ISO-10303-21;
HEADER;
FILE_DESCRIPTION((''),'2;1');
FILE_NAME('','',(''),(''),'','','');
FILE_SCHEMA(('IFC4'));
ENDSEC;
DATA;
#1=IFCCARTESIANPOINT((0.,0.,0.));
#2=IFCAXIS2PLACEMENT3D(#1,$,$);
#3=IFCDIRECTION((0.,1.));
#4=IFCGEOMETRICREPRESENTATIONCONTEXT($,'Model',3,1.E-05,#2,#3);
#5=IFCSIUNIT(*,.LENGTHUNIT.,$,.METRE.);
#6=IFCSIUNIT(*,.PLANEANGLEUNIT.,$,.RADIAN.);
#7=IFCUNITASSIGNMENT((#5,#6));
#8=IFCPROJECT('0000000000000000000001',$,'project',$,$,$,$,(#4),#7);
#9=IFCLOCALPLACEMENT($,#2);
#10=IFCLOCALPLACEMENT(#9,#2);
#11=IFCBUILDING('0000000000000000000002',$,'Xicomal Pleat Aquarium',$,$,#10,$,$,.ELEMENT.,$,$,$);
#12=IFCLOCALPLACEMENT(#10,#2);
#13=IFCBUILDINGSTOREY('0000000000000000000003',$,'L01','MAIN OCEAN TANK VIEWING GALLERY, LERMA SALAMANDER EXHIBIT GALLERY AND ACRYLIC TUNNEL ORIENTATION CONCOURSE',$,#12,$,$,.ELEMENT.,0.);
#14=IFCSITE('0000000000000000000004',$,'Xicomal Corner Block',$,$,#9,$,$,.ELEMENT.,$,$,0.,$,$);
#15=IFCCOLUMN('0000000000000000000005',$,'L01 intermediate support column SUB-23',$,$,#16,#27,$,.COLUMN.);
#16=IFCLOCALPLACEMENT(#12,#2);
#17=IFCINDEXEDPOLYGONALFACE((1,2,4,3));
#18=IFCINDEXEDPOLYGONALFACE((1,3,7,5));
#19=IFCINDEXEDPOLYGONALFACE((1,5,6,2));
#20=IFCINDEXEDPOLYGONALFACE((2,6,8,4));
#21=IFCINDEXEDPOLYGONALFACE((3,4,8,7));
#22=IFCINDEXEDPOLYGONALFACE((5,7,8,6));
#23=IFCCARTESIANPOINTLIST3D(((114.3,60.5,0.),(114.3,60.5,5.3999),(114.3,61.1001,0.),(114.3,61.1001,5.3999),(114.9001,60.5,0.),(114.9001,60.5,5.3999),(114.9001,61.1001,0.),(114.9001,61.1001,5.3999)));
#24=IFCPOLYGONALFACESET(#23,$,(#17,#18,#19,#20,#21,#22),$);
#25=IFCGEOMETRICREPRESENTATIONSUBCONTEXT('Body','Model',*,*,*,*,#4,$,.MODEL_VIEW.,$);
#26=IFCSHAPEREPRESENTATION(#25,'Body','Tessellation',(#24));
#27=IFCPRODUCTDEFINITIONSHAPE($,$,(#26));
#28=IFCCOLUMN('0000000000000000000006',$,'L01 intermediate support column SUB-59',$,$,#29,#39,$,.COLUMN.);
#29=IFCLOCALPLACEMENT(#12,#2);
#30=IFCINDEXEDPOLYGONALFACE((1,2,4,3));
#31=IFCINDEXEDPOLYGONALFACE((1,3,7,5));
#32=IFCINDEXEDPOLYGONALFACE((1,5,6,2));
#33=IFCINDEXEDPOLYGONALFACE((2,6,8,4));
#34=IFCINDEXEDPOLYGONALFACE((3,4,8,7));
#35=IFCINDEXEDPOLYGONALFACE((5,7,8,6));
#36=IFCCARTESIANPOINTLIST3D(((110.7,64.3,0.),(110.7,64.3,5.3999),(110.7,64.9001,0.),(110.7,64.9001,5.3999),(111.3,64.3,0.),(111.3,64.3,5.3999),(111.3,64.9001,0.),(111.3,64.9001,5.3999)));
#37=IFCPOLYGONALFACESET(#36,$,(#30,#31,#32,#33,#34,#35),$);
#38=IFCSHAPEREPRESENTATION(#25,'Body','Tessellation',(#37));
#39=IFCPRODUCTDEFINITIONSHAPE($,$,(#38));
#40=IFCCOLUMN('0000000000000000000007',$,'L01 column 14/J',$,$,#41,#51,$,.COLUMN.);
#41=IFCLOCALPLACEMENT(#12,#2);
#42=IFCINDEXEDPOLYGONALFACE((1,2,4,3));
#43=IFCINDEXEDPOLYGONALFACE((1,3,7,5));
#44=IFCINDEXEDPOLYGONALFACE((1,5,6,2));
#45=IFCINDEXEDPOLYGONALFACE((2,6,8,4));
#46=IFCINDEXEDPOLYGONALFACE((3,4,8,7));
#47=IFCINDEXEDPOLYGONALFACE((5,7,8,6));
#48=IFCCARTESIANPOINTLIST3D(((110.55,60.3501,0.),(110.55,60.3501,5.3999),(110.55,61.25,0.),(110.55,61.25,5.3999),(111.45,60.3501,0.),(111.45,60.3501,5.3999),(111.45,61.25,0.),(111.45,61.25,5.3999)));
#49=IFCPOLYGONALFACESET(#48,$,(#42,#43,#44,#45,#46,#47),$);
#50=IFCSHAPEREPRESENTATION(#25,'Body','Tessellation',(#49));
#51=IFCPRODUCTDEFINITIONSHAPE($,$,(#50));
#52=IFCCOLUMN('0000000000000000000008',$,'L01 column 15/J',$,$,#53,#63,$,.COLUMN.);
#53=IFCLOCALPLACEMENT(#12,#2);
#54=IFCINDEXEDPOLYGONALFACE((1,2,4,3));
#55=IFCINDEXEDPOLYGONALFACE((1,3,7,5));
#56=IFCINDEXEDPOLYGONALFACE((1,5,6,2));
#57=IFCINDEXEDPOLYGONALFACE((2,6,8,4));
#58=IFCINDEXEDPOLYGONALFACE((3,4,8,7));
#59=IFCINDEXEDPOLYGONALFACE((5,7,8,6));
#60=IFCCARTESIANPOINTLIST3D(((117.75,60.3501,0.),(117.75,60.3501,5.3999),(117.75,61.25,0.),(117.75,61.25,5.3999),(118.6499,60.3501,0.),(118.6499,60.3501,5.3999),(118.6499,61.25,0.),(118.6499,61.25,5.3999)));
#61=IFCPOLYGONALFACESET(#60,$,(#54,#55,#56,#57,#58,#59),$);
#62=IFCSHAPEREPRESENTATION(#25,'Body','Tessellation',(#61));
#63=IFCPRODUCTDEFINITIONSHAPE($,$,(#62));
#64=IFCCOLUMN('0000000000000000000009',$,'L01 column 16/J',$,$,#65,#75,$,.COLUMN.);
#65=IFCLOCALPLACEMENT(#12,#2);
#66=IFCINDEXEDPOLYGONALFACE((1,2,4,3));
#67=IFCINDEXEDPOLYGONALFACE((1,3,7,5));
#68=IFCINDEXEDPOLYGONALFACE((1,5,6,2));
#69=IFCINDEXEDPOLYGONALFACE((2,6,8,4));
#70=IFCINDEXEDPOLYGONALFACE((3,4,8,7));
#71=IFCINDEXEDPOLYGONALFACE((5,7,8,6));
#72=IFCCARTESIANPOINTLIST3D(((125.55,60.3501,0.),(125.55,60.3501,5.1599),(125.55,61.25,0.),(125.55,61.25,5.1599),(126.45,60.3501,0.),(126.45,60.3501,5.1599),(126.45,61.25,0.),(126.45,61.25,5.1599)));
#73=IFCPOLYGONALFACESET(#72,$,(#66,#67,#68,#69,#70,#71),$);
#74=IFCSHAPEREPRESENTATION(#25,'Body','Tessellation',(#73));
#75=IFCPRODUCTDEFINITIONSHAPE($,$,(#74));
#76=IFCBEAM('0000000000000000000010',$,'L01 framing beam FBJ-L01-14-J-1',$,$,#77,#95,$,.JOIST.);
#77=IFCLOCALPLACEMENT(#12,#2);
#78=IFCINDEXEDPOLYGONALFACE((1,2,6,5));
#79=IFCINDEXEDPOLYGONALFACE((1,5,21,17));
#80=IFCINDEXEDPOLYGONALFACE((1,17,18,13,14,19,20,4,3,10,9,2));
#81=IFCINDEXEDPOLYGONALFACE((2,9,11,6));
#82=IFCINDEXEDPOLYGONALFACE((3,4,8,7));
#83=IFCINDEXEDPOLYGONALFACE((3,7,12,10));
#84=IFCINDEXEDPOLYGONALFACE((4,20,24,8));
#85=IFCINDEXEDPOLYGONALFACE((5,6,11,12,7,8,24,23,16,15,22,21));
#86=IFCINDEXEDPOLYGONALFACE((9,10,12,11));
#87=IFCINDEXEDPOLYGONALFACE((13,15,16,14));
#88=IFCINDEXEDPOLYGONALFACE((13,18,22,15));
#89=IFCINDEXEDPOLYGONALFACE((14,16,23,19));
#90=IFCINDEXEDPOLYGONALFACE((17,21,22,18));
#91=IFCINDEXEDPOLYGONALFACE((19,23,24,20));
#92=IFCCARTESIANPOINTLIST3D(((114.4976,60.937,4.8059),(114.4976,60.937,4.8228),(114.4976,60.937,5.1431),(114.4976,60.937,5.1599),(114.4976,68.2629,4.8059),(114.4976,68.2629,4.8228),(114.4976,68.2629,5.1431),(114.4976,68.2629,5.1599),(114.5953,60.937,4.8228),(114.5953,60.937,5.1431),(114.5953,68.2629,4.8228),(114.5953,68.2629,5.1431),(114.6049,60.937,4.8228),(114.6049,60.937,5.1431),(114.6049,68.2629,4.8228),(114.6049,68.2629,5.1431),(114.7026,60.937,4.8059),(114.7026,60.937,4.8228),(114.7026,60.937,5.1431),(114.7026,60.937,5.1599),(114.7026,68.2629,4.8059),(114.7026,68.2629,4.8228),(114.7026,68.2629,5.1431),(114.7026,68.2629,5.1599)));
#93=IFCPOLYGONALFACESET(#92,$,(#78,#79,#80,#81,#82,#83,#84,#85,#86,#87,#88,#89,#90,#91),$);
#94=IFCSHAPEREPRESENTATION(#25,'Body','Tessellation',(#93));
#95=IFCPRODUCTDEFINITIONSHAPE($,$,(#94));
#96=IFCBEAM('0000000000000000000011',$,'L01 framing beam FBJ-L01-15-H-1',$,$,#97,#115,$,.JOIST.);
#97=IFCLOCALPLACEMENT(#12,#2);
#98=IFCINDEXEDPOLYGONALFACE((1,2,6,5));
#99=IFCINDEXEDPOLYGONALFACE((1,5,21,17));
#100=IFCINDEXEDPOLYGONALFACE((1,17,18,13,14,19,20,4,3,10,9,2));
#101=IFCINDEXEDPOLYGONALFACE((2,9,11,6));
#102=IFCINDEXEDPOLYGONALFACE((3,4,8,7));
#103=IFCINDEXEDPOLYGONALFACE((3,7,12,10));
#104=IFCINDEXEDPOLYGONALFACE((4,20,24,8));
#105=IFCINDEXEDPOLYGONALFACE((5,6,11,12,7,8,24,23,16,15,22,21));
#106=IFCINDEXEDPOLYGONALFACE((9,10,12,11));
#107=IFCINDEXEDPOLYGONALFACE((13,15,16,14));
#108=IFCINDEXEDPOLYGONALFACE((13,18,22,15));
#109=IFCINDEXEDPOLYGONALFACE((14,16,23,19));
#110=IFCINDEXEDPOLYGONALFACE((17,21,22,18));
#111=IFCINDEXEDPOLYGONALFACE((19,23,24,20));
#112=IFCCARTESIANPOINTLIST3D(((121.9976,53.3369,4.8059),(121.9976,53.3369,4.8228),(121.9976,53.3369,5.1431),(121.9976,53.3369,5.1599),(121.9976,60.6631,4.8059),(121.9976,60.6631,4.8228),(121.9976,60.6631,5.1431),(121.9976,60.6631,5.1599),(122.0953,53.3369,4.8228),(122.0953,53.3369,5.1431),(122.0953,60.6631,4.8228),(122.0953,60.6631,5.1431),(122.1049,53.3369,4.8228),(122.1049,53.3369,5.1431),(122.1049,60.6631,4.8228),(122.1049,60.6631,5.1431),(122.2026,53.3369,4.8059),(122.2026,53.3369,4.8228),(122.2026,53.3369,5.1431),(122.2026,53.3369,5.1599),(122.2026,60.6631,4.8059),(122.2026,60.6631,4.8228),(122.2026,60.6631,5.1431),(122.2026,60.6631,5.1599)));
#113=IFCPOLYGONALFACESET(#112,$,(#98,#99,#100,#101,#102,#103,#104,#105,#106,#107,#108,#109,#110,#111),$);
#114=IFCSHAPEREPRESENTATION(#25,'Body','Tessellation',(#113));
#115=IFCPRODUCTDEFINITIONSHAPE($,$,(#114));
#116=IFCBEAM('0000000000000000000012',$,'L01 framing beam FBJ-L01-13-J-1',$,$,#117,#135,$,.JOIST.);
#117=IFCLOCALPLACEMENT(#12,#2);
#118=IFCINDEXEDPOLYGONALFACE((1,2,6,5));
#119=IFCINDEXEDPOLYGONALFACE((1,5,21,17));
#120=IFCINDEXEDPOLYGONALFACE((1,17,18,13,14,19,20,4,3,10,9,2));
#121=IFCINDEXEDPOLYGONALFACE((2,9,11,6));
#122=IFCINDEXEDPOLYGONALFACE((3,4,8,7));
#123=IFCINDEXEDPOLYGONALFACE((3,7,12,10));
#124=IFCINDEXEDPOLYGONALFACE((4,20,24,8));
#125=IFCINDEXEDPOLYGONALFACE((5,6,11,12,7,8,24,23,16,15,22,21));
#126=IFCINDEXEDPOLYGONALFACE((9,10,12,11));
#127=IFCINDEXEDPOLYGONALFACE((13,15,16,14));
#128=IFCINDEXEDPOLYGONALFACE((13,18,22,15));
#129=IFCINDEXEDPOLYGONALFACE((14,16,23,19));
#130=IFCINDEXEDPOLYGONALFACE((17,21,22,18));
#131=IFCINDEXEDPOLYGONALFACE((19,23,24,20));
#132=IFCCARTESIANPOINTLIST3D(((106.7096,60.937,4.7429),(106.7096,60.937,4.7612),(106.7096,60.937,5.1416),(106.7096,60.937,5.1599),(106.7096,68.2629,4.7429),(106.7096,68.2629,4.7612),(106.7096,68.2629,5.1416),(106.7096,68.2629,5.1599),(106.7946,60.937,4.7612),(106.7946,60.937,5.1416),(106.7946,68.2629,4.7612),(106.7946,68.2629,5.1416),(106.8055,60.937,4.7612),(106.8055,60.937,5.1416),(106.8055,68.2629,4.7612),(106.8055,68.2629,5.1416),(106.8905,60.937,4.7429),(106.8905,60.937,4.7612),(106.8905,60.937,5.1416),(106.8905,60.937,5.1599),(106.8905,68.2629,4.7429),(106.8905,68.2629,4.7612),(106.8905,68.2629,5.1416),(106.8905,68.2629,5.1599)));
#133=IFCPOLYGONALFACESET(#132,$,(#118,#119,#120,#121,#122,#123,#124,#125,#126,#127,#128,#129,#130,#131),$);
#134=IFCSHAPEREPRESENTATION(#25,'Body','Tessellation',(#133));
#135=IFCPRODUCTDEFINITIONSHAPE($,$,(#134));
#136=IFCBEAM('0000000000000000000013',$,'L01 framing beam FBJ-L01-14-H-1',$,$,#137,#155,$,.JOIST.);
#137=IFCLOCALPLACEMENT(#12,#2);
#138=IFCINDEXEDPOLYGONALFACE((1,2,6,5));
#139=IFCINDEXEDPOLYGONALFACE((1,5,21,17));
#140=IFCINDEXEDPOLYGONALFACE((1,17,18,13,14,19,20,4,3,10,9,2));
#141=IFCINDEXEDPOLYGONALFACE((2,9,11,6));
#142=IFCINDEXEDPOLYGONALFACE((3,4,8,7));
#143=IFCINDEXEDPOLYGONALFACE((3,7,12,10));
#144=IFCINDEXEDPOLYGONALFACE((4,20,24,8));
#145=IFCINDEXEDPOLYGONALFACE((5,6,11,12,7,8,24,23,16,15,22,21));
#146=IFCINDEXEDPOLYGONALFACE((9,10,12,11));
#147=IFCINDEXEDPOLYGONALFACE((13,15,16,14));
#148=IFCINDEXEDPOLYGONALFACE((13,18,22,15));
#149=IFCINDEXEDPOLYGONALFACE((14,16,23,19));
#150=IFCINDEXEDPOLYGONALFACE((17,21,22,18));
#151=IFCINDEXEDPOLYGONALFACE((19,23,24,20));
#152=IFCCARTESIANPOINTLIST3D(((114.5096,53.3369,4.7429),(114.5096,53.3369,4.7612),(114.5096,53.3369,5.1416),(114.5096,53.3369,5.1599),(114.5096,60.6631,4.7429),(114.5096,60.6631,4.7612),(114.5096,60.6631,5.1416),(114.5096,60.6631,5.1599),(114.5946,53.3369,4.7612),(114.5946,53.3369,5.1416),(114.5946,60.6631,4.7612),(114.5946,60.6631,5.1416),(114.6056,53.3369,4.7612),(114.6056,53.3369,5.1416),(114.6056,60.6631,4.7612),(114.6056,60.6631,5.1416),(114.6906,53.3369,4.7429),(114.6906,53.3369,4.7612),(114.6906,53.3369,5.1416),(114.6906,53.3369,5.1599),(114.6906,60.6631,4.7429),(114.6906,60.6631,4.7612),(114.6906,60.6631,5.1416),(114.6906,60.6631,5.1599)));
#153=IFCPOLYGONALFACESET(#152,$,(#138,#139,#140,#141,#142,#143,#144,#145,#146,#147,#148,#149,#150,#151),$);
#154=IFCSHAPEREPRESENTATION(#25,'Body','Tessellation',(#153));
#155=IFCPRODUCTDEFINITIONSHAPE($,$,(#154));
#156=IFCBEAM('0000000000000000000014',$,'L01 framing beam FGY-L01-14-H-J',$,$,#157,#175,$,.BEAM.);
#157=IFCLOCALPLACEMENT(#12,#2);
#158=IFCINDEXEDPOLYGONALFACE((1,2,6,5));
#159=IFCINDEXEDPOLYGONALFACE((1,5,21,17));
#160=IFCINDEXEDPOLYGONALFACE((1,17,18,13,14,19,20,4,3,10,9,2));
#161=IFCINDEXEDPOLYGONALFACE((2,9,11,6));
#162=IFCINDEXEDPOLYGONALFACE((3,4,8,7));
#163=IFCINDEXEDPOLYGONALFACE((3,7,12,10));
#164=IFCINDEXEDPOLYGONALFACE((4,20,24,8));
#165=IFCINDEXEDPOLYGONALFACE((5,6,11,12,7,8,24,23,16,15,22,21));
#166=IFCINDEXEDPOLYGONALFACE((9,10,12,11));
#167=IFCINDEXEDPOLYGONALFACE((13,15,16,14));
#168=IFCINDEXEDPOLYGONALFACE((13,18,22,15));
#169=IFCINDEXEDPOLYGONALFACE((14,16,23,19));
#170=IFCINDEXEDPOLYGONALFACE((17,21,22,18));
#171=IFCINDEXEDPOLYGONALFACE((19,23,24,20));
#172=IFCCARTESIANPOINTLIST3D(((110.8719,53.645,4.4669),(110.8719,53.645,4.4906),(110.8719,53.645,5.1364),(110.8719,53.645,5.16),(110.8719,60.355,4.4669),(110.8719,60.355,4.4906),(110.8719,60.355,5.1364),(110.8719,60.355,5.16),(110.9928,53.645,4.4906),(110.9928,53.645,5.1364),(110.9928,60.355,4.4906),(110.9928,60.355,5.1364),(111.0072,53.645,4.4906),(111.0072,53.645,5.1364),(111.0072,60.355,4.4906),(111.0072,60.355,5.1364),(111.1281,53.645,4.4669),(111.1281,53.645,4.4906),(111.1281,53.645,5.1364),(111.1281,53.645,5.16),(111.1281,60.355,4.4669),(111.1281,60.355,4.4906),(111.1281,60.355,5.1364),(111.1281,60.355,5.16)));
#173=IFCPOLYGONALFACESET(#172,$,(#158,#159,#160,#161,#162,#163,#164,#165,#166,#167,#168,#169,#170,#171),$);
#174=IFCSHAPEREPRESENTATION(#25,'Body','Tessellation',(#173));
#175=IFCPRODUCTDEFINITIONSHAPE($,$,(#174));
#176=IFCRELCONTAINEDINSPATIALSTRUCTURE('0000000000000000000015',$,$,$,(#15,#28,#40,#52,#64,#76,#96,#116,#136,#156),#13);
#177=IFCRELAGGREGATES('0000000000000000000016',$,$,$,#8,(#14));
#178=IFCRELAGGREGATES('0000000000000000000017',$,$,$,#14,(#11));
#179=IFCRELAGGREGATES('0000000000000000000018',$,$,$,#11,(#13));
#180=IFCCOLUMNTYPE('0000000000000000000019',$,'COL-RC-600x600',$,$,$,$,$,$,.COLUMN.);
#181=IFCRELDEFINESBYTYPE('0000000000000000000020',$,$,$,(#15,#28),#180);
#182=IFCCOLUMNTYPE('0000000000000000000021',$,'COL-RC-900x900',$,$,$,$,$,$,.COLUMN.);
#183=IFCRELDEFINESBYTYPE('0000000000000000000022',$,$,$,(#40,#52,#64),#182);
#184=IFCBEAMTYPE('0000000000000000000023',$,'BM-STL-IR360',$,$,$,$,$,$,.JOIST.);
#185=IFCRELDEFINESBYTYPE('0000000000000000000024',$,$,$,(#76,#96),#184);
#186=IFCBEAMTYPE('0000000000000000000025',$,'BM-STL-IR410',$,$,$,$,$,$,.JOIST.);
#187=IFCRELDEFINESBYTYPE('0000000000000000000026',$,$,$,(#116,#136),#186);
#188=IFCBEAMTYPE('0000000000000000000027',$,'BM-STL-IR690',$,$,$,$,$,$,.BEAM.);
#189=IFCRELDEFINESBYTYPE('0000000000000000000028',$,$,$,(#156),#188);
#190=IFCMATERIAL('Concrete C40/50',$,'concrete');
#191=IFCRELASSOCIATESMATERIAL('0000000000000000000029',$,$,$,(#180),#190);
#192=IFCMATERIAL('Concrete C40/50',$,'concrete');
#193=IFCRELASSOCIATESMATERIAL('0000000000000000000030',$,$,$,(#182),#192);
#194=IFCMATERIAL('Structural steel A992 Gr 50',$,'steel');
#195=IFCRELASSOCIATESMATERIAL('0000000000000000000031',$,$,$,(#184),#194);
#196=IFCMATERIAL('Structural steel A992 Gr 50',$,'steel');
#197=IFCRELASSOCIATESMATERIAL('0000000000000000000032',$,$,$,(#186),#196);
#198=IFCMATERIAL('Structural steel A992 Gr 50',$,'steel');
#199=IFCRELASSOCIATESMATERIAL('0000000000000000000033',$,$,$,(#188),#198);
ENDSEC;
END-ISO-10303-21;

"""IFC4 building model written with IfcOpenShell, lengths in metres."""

from ifc_helpers import new_model, si_unit, direction, frame, origin, origin_2d, place, context, subcontext, project, spatial, rectangle, i_section, extrude, material, material_profile, profile_set, type_object, element, save


model = new_model("IFC4")

# Units and contexts
model_context = context("Model", 3, precision=1e-05, world=origin(), true_north=direction((0.0, 1.0)))
body_context = subcontext(model_context, "Body", "Model", "MODEL_VIEW")
ifc_project = project(units=[si_unit("LENGTHUNIT", "METRE"), si_unit("PLANEANGLEUNIT", "RADIAN")], contexts=[model_context])

# Site, building, storey
site_placement = place(None, origin())
site = spatial("IfcSite", under=ifc_project, at=site_placement, Name="Xicomal Corner Block", CompositionType="ELEMENT", RefElevation=0.0)
building_placement = place(site_placement, origin())
building = spatial("IfcBuilding", under=site, at=building_placement, Name="Xicomal Pleat Aquarium", CompositionType="ELEMENT")
storey_placement = place(building_placement, origin())
storey = spatial("IfcBuildingStorey", under=building, at=storey_placement, Name="L01", Description="MAIN OCEAN TANK VIEWING GALLERY, LERMA SALAMANDER EXHIBIT GALLERY AND ACRYLIC TUNNEL ORIENTATION CONCOURSE", CompositionType="ELEMENT", Elevation=0.0)

# Columns
ifc_material_1 = material(Name="Concrete C40/50", Category="concrete")
ifc_material_profile_1 = material_profile(ifc_material_1, rectangle(XDim=0.6001, YDim=0.6001, at=origin_2d()), Name="RC 600x600")
ifc_profile_set_1 = profile_set([ifc_material_profile_1], Name="Concrete C40/50")
column_type_1 = type_object("IfcColumnType", Name="COL-RC-600x600", PredefinedType="COLUMN", material=ifc_profile_set_1)
for number, where, z_axis, x_axis, name in (
    (1, (114.6001, 60.8, 0.0), (0.0, 0.0, 1.0), (1.0, 0.0, 0.0), "L01 intermediate support column SUB-23"),
    (2, (111.0, 64.6001, 0.0), (0.0, 0.0, 1.0), (1.0, 0.0, 0.0), "L01 intermediate support column SUB-59"),
):
    element("IfcColumn", number, at=place(storey_placement, frame(where, z_axis=z_axis, x_axis=x_axis)), inside=storey, type_object=column_type_1, Name=name, PredefinedType="COLUMN", context=body_context, shape_type="SweptSolid", body=[
        extrude(rectangle(XDim=0.6001, YDim=0.6001, at=origin_2d()), origin(), (0.0, 0.0, 1.0), 5.3999),
    ])
ifc_material_2 = material(Name="Concrete C40/50", Category="concrete")
ifc_material_profile_2 = material_profile(ifc_material_2, rectangle(XDim=0.8999, YDim=0.8999, at=origin_2d()), Name="RC 900x900")
ifc_profile_set_2 = profile_set([ifc_material_profile_2], Name="Concrete C40/50")
column_type_2 = type_object("IfcColumnType", Name="COL-RC-900x900", PredefinedType="COLUMN", material=ifc_profile_set_2)
for number, where, z_axis, x_axis, name in (
    (3, (111.0, 60.8, 0.0), (0.0, 0.0, 1.0), (1.0, 0.0, 0.0), "L01 column 14/J"),
    (4, (118.2, 60.8, 0.0), (0.0, 0.0, 1.0), (1.0, 0.0, 0.0), "L01 column 15/J"),
):
    element("IfcColumn", number, at=place(storey_placement, frame(where, z_axis=z_axis, x_axis=x_axis)), inside=storey, type_object=column_type_2, Name=name, PredefinedType="COLUMN", context=body_context, shape_type="SweptSolid", body=[
        extrude(rectangle(XDim=0.8999, YDim=0.8999, at=origin_2d()), origin(), (0.0, 0.0, 1.0), 5.3999),
    ])
column_placement = place(storey_placement, frame((126.0, 60.8, 0.0), z_axis=(0.0, 0.0, 1.0), x_axis=(1.0, 0.0, 0.0)))
element("IfcColumn", 5, at=column_placement, inside=storey, type_object=column_type_2, Name="L01 column 16/J", PredefinedType="COLUMN", context=body_context, shape_type="SweptSolid", body=[
    extrude(rectangle(XDim=0.8999, YDim=0.8999, at=origin_2d()), origin(), (0.0, 0.0, 1.0), 5.1599),
])

# Beams
ifc_material_3 = material(Name="Structural steel A992 Gr 50", Category="steel")
ifc_material_profile_3 = material_profile(ifc_material_3, i_section(OverallWidth=0.2051, OverallDepth=0.354, WebThickness=0.0095, FlangeThickness=0.0168, at=origin_2d()), Name="IR 360x79")
ifc_profile_set_3 = profile_set([ifc_material_profile_3], Name="Structural steel A992 Gr 50")
beam_type_1 = type_object("IfcBeamType", Name="BM-STL-IR360", PredefinedType="JOIST", material=ifc_profile_set_3)
beam_1_placement = place(storey_placement, frame((114.6001, 60.937, 4.9829), z_axis=(0.0, 1.0, 0.0), x_axis=(-1.0, 0.0, 0.0)))
element("IfcBeam", 6, at=beam_1_placement, inside=storey, type_object=beam_type_1, Name="L01 framing beam FBJ-L01-14-J-1", PredefinedType="JOIST", context=body_context, shape_type="SweptSolid", body=[
    extrude(i_section(OverallWidth=0.2051, OverallDepth=0.354, WebThickness=0.0095, FlangeThickness=0.0168, at=origin_2d()), origin(), (0.0, 0.0, 1.0), 7.3259),
])
beam_2_placement = place(storey_placement, frame((122.1001, 53.3369, 4.9829), z_axis=(0.0, 1.0, 0.0), x_axis=(-1.0, 0.0, 0.0)))
element("IfcBeam", 7, at=beam_2_placement, inside=storey, type_object=beam_type_1, Name="L01 framing beam FBJ-L01-15-H-1", PredefinedType="JOIST", context=body_context, shape_type="SweptSolid", body=[
    extrude(i_section(OverallWidth=0.2051, OverallDepth=0.354, WebThickness=0.0095, FlangeThickness=0.0168, at=origin_2d()), origin(), (0.0, 0.0, 1.0), 7.3262),
])
ifc_material_4 = material(Name="Structural steel A992 Gr 50", Category="steel")
ifc_material_profile_4 = material_profile(ifc_material_4, i_section(OverallWidth=0.1809, OverallDepth=0.417, WebThickness=0.011, FlangeThickness=0.0183, at=origin_2d()), Name="IR 410x85")
ifc_profile_set_4 = profile_set([ifc_material_profile_4], Name="Structural steel A992 Gr 50")
beam_type_2 = type_object("IfcBeamType", Name="BM-STL-IR410", PredefinedType="JOIST", material=ifc_profile_set_4)
beam_3_placement = place(storey_placement, frame((106.8, 60.937, 4.9514), z_axis=(0.0, 1.0, 0.0), x_axis=(-1.0, 0.0, 0.0)))
element("IfcBeam", 8, at=beam_3_placement, inside=storey, type_object=beam_type_2, Name="L01 framing beam FBJ-L01-13-J-1", PredefinedType="JOIST", context=body_context, shape_type="SweptSolid", body=[
    extrude(i_section(OverallWidth=0.1809, OverallDepth=0.417, WebThickness=0.011, FlangeThickness=0.0183, at=origin_2d()), origin(), (0.0, 0.0, 1.0), 7.3259),
])
beam_4_placement = place(storey_placement, frame((114.6001, 53.3369, 4.9514), z_axis=(0.0, 1.0, 0.0), x_axis=(-1.0, 0.0, 0.0)))
element("IfcBeam", 9, at=beam_4_placement, inside=storey, type_object=beam_type_2, Name="L01 framing beam FBJ-L01-14-H-1", PredefinedType="JOIST", context=body_context, shape_type="SweptSolid", body=[
    extrude(i_section(OverallWidth=0.1809, OverallDepth=0.417, WebThickness=0.011, FlangeThickness=0.0183, at=origin_2d()), origin(), (0.0, 0.0, 1.0), 7.3262),
])
ifc_material_5 = material(Name="Structural steel A992 Gr 50", Category="steel")
ifc_material_profile_5 = material_profile(ifc_material_5, i_section(OverallWidth=0.2561, OverallDepth=0.6931, WebThickness=0.0144, FlangeThickness=0.0237, at=origin_2d()), Name="IR 690x170")
ifc_profile_set_5 = profile_set([ifc_material_profile_5], Name="Structural steel A992 Gr 50")
beam_type_3 = type_object("IfcBeamType", Name="BM-STL-IR690", PredefinedType="BEAM", material=ifc_profile_set_5)
for number, where, z_axis, x_axis, name in (
    (10, (111.0, 53.645, 4.8135), (0.0, 1.0, 0.0), (-1.0, 0.0, 0.0), "L01 framing beam FGY-L01-14-H-J"),
):
    element("IfcBeam", number, at=place(storey_placement, frame(where, z_axis=z_axis, x_axis=x_axis)), inside=storey, type_object=beam_type_3, Name=name, PredefinedType="BEAM", context=body_context, shape_type="SweptSolid", body=[
        extrude(i_section(OverallWidth=0.2561, OverallDepth=0.6931, WebThickness=0.0144, FlangeThickness=0.0237, at=origin_2d()), origin(), (0.0, 0.0, 1.0), 6.71),
    ])

save(model, "model.ifc")
